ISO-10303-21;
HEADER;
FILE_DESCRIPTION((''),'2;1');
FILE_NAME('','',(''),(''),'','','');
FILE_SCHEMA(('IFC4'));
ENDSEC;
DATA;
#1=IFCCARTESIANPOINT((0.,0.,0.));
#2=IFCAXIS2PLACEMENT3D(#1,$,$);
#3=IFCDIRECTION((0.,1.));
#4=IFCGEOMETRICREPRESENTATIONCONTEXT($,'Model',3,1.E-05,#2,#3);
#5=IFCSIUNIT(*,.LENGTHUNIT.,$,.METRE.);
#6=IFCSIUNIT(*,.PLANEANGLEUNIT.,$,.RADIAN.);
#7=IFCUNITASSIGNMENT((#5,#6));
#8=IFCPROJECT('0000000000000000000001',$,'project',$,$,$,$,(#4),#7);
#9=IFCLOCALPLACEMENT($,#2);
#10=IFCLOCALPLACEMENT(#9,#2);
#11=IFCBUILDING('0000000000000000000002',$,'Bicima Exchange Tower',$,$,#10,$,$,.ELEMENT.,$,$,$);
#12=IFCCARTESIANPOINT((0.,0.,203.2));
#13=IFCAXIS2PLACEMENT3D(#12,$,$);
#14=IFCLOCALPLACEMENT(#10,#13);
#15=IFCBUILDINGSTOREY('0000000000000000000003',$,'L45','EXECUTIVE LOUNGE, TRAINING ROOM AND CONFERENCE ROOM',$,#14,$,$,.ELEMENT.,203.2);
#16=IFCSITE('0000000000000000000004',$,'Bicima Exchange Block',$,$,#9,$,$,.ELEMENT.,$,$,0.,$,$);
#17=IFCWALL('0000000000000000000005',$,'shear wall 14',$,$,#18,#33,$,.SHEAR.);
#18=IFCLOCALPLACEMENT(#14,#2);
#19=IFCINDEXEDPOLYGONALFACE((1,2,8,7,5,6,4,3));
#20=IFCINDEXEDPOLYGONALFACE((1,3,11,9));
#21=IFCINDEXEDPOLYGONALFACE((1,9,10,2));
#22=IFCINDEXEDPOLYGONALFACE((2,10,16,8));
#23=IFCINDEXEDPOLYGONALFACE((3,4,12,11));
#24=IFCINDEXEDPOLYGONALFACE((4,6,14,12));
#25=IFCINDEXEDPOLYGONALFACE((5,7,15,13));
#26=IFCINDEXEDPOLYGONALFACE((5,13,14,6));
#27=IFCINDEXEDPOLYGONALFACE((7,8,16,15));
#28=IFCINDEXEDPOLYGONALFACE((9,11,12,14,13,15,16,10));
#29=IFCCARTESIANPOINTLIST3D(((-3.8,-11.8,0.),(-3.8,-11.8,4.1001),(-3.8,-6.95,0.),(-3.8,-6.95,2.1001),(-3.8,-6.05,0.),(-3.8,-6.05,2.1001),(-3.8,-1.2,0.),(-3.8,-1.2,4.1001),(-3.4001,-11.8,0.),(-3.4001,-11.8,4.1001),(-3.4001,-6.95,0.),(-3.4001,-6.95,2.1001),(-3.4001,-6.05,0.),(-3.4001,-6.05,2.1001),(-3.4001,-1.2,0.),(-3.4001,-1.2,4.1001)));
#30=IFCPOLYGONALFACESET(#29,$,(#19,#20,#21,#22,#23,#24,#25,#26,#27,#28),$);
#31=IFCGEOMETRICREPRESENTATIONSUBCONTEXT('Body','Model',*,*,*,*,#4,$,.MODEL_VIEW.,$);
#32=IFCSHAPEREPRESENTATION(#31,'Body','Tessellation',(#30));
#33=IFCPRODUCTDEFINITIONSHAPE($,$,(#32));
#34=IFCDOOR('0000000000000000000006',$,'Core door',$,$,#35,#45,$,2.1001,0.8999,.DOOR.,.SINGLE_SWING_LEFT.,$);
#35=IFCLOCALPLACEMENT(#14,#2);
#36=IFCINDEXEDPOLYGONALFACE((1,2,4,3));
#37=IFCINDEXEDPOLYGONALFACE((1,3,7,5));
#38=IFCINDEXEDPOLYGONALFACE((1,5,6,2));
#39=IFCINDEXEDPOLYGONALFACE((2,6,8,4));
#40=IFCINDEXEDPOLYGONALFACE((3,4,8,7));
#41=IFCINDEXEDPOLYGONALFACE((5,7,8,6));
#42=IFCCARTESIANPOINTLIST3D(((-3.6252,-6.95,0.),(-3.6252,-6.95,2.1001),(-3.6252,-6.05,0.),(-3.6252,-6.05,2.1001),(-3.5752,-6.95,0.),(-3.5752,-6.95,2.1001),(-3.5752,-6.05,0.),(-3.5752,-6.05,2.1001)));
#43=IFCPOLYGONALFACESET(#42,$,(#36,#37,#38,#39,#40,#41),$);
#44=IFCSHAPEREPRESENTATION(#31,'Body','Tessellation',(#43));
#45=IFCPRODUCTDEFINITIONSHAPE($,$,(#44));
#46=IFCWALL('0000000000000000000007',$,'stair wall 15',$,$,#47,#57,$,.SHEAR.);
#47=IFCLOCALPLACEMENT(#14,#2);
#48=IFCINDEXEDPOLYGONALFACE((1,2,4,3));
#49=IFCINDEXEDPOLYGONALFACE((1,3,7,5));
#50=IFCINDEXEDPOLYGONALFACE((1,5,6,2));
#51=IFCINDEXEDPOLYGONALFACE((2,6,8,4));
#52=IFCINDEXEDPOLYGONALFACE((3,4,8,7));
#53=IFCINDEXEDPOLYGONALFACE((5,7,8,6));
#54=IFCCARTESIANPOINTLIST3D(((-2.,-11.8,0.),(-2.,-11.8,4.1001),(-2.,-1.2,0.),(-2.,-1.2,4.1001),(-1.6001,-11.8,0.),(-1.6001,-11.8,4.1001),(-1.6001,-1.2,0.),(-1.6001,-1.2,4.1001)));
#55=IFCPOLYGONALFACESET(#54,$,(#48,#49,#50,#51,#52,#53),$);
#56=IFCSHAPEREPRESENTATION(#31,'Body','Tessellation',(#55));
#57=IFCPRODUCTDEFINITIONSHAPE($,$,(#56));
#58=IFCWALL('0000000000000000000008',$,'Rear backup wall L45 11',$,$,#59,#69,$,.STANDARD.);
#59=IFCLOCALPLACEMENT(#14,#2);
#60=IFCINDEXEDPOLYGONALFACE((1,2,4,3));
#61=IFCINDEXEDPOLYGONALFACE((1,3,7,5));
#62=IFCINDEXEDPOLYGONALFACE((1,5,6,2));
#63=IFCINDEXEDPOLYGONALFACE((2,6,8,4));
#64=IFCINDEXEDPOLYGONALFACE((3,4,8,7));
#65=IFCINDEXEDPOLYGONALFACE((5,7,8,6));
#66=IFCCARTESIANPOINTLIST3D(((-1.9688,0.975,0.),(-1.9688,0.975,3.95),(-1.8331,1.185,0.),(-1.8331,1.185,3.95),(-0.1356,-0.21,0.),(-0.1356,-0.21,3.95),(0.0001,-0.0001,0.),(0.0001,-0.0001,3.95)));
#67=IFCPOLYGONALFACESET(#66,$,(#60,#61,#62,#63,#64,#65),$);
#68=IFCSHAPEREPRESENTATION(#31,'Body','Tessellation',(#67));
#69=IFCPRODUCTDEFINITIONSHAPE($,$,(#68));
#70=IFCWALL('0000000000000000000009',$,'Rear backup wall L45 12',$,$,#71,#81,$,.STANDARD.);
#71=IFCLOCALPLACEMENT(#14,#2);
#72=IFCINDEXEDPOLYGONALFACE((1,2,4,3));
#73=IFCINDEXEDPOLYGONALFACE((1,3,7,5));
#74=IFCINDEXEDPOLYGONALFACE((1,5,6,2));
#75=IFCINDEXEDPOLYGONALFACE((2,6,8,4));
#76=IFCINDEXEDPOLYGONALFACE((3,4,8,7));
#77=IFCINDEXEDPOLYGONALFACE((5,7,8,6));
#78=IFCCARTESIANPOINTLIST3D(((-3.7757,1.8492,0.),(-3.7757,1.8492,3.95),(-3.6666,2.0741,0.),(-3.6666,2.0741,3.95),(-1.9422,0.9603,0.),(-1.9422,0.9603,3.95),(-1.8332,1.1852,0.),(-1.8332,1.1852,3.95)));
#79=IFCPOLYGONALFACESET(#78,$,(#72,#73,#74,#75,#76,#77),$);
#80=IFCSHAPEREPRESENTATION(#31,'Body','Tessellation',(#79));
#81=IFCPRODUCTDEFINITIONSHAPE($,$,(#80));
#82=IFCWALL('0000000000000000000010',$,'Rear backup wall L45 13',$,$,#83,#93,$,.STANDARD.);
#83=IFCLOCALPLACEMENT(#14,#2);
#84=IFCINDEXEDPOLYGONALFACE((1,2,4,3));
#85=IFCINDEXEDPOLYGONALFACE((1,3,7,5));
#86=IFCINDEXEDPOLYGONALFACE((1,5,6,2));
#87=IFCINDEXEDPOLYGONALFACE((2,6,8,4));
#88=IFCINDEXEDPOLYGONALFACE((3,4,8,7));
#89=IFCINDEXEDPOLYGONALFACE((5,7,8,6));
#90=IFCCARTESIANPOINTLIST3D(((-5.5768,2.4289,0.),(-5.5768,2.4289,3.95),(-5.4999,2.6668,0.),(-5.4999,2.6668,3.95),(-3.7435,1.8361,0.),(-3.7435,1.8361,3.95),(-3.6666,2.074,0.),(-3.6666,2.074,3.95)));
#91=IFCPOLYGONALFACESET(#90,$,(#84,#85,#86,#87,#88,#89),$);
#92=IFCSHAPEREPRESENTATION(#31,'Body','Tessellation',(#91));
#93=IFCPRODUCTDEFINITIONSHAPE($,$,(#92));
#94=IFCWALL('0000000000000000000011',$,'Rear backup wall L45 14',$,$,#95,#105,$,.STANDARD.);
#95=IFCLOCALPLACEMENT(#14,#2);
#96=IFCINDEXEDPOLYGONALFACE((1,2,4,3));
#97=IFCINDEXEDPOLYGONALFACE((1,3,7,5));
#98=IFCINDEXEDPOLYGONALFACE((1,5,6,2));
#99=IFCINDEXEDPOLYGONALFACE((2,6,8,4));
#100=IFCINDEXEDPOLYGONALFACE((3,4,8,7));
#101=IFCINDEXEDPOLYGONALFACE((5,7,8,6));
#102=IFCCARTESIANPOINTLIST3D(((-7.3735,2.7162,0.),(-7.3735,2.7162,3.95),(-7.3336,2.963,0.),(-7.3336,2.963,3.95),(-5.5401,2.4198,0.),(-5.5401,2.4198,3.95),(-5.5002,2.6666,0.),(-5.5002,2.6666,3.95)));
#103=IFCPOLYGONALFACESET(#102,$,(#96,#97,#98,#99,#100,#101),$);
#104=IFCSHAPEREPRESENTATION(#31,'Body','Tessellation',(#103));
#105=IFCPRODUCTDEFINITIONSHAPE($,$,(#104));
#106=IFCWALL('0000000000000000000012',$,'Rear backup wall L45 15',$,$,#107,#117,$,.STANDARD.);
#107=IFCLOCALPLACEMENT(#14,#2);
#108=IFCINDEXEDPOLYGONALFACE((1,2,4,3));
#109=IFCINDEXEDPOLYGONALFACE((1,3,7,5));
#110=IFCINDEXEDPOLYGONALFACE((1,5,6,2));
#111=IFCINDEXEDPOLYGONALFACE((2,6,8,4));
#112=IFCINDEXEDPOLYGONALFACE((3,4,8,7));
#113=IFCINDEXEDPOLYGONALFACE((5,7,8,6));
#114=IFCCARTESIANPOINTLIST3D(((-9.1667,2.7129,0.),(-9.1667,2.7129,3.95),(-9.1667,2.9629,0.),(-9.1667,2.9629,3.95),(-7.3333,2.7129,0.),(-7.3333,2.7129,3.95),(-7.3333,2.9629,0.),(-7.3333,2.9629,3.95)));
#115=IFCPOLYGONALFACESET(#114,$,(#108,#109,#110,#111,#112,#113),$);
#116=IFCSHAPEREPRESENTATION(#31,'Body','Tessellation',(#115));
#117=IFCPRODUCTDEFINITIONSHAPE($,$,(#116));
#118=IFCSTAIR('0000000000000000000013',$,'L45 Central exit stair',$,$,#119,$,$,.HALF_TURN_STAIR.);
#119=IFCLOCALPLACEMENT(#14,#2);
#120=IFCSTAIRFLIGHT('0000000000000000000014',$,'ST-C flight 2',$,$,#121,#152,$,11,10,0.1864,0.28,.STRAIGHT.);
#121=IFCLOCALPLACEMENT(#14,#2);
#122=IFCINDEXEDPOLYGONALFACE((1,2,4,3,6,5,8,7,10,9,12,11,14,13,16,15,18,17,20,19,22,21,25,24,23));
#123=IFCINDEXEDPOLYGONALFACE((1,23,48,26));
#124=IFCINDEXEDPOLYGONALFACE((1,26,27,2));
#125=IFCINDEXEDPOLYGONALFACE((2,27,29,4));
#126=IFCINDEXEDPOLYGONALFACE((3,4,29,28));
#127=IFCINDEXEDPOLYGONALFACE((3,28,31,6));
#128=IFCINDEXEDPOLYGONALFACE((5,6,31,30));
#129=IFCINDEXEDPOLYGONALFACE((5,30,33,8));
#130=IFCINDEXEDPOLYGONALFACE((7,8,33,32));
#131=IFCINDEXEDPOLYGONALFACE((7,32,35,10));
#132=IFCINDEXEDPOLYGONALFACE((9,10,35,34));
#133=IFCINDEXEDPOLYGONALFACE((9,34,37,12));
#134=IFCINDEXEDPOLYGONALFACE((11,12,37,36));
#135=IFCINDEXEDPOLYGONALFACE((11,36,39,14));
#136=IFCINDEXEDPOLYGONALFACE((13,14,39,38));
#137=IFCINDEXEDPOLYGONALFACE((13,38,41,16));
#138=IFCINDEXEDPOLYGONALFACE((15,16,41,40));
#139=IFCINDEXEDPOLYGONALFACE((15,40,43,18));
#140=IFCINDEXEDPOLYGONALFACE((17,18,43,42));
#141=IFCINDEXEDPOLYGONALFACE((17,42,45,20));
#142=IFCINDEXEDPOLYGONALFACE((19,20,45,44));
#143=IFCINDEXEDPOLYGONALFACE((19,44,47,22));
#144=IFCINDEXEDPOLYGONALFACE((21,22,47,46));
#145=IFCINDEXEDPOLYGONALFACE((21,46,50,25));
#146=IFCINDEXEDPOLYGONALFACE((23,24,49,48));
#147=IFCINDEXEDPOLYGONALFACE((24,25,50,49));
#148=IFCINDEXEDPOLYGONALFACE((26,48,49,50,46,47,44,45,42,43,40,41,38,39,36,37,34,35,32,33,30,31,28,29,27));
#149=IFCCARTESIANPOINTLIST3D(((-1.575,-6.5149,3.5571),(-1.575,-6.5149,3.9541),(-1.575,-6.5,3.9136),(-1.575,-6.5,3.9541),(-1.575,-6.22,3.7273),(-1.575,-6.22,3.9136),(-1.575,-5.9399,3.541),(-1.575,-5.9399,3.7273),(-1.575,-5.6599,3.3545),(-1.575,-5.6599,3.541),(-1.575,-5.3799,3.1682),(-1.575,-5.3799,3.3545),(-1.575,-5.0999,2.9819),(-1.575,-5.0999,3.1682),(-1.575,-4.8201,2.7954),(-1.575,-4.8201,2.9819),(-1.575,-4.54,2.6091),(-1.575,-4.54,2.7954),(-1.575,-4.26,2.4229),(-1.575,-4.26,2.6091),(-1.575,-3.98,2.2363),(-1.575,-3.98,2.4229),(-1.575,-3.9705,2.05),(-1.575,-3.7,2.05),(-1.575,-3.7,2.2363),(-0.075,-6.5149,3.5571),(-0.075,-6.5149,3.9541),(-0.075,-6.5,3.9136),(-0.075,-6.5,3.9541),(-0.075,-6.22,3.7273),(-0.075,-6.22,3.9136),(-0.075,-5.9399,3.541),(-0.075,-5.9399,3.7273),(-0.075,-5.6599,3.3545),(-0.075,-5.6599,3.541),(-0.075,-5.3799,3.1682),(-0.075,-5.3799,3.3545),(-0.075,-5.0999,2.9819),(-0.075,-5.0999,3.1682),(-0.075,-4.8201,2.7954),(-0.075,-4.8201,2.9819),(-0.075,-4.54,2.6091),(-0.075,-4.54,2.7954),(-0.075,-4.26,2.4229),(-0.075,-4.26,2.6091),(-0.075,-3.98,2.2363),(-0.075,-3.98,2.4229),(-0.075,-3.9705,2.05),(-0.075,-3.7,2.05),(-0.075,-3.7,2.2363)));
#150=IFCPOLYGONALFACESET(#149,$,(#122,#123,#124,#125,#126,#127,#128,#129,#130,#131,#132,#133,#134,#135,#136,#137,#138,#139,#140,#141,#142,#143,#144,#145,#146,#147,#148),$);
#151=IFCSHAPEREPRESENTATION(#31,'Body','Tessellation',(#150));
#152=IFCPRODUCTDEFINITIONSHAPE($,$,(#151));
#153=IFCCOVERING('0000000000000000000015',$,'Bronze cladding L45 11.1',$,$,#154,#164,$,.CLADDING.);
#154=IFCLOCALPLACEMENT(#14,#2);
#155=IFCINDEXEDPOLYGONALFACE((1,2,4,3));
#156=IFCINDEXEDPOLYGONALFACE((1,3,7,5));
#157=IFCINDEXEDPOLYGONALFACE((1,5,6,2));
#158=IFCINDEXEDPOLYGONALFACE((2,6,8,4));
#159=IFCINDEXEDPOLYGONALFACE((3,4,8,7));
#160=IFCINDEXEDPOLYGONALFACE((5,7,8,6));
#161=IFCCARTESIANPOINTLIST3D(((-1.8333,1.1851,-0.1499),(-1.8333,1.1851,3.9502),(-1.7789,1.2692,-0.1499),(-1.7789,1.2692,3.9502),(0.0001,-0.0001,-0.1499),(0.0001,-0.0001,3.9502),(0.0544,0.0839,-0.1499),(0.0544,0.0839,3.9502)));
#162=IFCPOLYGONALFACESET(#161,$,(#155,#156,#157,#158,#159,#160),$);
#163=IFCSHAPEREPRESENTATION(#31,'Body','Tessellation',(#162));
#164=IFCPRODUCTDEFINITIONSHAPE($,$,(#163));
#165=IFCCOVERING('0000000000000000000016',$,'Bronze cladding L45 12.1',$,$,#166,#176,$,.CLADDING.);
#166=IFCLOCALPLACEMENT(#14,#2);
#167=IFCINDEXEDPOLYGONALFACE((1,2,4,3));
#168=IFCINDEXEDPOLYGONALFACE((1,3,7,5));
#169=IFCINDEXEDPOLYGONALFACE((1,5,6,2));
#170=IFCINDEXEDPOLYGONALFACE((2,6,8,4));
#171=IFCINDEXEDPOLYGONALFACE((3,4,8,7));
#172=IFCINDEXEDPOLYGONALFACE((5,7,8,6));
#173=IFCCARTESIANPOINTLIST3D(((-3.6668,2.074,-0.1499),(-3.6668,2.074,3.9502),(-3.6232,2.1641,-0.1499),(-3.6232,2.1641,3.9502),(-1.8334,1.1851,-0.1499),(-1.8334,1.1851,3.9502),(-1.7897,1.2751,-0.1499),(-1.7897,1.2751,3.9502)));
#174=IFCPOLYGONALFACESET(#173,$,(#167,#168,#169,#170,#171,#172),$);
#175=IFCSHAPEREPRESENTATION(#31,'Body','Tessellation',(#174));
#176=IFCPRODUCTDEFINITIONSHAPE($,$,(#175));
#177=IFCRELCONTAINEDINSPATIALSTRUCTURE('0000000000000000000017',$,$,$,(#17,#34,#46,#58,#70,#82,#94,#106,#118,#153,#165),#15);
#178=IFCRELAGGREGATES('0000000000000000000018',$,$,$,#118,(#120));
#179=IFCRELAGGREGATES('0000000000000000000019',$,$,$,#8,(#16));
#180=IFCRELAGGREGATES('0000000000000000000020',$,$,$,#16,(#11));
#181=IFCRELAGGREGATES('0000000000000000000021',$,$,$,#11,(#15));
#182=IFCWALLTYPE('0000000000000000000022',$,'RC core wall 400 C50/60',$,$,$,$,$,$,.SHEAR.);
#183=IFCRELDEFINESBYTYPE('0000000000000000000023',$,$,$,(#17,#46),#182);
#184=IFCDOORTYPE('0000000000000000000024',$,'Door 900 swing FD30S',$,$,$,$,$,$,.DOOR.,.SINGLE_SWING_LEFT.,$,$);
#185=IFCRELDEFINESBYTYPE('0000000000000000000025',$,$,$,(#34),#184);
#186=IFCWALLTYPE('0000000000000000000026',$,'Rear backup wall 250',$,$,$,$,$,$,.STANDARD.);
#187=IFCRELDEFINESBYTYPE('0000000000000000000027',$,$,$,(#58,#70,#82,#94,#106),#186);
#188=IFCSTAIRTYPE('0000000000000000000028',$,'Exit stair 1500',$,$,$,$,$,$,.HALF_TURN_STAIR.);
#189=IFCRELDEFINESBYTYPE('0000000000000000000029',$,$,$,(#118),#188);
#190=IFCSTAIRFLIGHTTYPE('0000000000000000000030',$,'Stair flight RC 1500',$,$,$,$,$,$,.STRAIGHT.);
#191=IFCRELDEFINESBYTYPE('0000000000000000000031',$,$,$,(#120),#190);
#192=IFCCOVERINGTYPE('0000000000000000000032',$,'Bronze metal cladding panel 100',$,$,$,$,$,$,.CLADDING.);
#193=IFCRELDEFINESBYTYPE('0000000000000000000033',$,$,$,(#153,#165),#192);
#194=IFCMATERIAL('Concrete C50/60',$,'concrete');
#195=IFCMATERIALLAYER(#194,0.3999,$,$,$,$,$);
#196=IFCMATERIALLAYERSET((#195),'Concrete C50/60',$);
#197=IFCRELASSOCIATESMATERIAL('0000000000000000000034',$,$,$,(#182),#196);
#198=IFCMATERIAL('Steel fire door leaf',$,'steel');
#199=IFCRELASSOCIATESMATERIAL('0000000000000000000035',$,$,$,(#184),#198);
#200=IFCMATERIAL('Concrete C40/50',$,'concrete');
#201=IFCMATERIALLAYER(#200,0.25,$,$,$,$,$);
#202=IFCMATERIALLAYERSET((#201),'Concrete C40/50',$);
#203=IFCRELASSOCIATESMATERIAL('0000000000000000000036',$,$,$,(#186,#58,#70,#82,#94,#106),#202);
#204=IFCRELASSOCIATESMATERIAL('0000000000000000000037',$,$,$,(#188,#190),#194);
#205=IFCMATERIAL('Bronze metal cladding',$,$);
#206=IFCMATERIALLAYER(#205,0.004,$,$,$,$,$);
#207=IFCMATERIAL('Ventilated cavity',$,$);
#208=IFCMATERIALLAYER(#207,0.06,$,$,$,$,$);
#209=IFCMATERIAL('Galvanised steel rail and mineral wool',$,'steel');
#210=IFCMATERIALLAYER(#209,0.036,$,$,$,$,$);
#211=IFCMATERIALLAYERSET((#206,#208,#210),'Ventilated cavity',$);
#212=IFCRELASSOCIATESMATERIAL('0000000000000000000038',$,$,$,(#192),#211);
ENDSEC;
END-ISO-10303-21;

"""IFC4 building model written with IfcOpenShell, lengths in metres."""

from ifc_helpers import new_model, si_unit, direction, frame, frame_2d, origin, origin_2d, place, context, subcontext, project, spatial, polyline, rectangle, outline, extrude, material, layer, layer_set, layer_usage, type_object, element, fill, aggregate, save


model = new_model("IFC4")

# Units and contexts
model_context = context("Model", 3, precision=1e-05, world=origin(), true_north=direction((0.0, 1.0)))
body_context = subcontext(model_context, "Body", "Model", "MODEL_VIEW")
ifc_project = project(units=[si_unit("LENGTHUNIT", "METRE"), si_unit("PLANEANGLEUNIT", "RADIAN")], contexts=[model_context])

# Site, building, storey
site_placement = place(None, origin())
site = spatial("IfcSite", under=ifc_project, at=site_placement, Name="Bicima Exchange Block", CompositionType="ELEMENT", RefElevation=0.0)
building_placement = place(site_placement, origin())
building = spatial("IfcBuilding", under=site, at=building_placement, Name="Bicima Exchange Tower", CompositionType="ELEMENT")
storey_placement = place(building_placement, frame((0.0, 0.0, 203.2)))
storey = spatial("IfcBuildingStorey", under=building, at=storey_placement, Name="L45", Description="EXECUTIVE LOUNGE, TRAINING ROOM AND CONFERENCE ROOM", CompositionType="ELEMENT", Elevation=203.2)

# Shared definitions
ifc_material_1 = material(Name="Concrete C40/50", Category="concrete")

# Shared definitions
ifc_material_2 = material(Name="Concrete C50/60", Category="concrete")
ifc_layer_1 = layer(ifc_material_2, 0.3999)
ifc_layer_set_1 = layer_set([ifc_layer_1], Name="Concrete C50/60")
wall_type_1 = type_object("IfcWallType", Name="RC core wall 400 C50/60", PredefinedType="SHEAR", material=ifc_layer_set_1)
ifc_material_3 = material(Name="Steel fire door leaf", Category="steel")

# Wall, opening, door
wall_1_placement = place(storey_placement, frame((-3.6001, -11.8, 0.0), z_axis=(0.0, 0.0, 1.0), x_axis=(0.0, 1.0, 0.0)))
wall_1 = element("IfcWall", 1, at=wall_1_placement, inside=storey, type_object=wall_type_1, Name="shear wall 14", PredefinedType="SHEAR", context=body_context, shape_type="SweptSolid", body=[
    extrude(rectangle(XDim=10.6001, YDim=0.3999, at=frame_2d((5.3, 0.0))), origin(), (0.0, 0.0, 1.0), 4.1001),
])
opening_1_placement = place(wall_1_placement, frame((4.8501, 0.0, 0.0)))
opening_1 = element("IfcOpeningElement", 2, at=opening_1_placement, cuts=wall_1, PredefinedType="OPENING", context=body_context, shape_type="SweptSolid", body=[
    extrude(rectangle(XDim=0.8999, YDim=2.1001, at=frame_2d((0.45, 1.05))), frame((0.0, 0.2119, 0.0), z_axis=(0.0, -1.0, 0.0), x_axis=(1.0, 0.0, 0.0)), (0.0, 0.0, 1.0), 0.4238),
])
door_type_1 = type_object("IfcDoorType", Name="Door 900 swing FD30S", OperationType="SINGLE_SWING_LEFT", PredefinedType="DOOR", material=ifc_material_3)
door_1_placement = place(opening_1_placement, frame((0.8999, 0.0, 0.0), z_axis=(0.0, 0.0, 1.0), x_axis=(-1.0, 0.0, 0.0)))
door_1 = element("IfcDoor", 3, at=door_1_placement, inside=storey, type_object=door_type_1, Name="Core door", OperationType="SINGLE_SWING_LEFT", OverallHeight=2.1001, OverallWidth=0.8999, PredefinedType="DOOR", context=body_context, shape_type="SweptSolid", body=[
    extrude(rectangle(XDim=0.8999, YDim=2.1001, at=frame_2d((0.45, 1.05))), frame((0.0, 0.0249, 0.0), z_axis=(0.0, -1.0, 0.0), x_axis=(1.0, 0.0, 0.0)), (0.0, 0.0, 1.0), 0.05),
])
fill(opening_1, door_1)

# Walls
wall_2_placement = place(storey_placement, frame((-1.8, -11.8, 0.0), z_axis=(0.0, 0.0, 1.0), x_axis=(0.0, 1.0, 0.0)))
element("IfcWall", 4, at=wall_2_placement, inside=storey, type_object=wall_type_1, Name="stair wall 15", PredefinedType="SHEAR", context=body_context, shape_type="SweptSolid", body=[
    extrude(rectangle(XDim=10.6001, YDim=0.3999, at=frame_2d((5.3, 0.0))), origin(), (0.0, 0.0, 1.0), 4.1001),
])
ifc_layer_2 = layer(ifc_material_1, 0.25)
ifc_layer_set_2 = layer_set([ifc_layer_2], Name="Concrete C40/50")
ifc_layer_usage = layer_usage(ifc_layer_set_2, "AXIS2", "POSITIVE", -0.125)
wall_type_2 = type_object("IfcWallType", Name="Rear backup wall 250", PredefinedType="STANDARD", material=ifc_layer_set_2)
wall_3_placement = place(storey_placement, frame((-0.0679, -0.105, 0.0), z_axis=(0.0, 0.0, 1.0), x_axis=(-0.839813, 0.542876, 0.0)))
element("IfcWall", 5, at=wall_3_placement, inside=storey, type_object=wall_type_2, material=ifc_layer_usage, Name="Rear backup wall L45 11", PredefinedType="STANDARD", context=body_context, shape_type="SweptSolid", body=[
    extrude(rectangle(XDim=2.1829, YDim=0.25, at=frame_2d((1.0913, 0.0))), origin(), (0.0, 0.0, 1.0), 3.95),
])
wall_4_placement = place(storey_placement, frame((-1.8877, 1.0728, 0.0), z_axis=(0.0, 0.0, 1.0), x_axis=(-0.899824, 0.436253, 0.0)))
element("IfcWall", 6, at=wall_4_placement, inside=storey, type_object=wall_type_2, material=ifc_layer_usage, Name="Rear backup wall L45 12", PredefinedType="STANDARD", context=body_context, shape_type="SweptSolid", body=[
    extrude(rectangle(XDim=2.0376, YDim=0.25, at=frame_2d((1.0188, 0.0))), origin(), (0.0, 0.0, 1.0), 3.95),
])
wall_5_placement = place(storey_placement, frame((-3.7051, 1.9551, 0.0), z_axis=(0.0, 0.0, 1.0), x_axis=(-0.951496, 0.307662, 0.0)))
element("IfcWall", 7, at=wall_5_placement, inside=storey, type_object=wall_type_2, material=ifc_layer_usage, Name="Rear backup wall L45 13", PredefinedType="STANDARD", context=body_context, shape_type="SweptSolid", body=[
    extrude(rectangle(XDim=1.9268, YDim=0.25, at=frame_2d((0.9634, 0.0))), origin(), (0.0, 0.0, 1.0), 3.95),
])
wall_6_placement = place(storey_placement, frame((-5.52, 2.5432, 0.0), z_axis=(0.0, 0.0, 1.0), x_axis=(-0.987182, 0.1596, 0.0)))
element("IfcWall", 8, at=wall_6_placement, inside=storey, type_object=wall_type_2, material=ifc_layer_usage, Name="Rear backup wall L45 14", PredefinedType="STANDARD", context=body_context, shape_type="SweptSolid", body=[
    extrude(rectangle(XDim=1.8572, YDim=0.25, at=frame_2d((0.9287, 0.0))), origin(), (0.0, 0.0, 1.0), 3.95),
])
wall_7_placement = place(storey_placement, frame((-7.3333, 2.8379, 0.0), z_axis=(0.0, 0.0, 1.0), x_axis=(-1.0, 0.0, 0.0)))
element("IfcWall", 9, at=wall_7_placement, inside=storey, type_object=wall_type_2, material=ifc_layer_usage, Name="Rear backup wall L45 15", PredefinedType="STANDARD", context=body_context, shape_type="SweptSolid", body=[
    extrude(rectangle(XDim=1.8335, YDim=0.25, at=frame_2d((0.9167, 0.0))), origin(), (0.0, 0.0, 1.0), 3.95),
])

# Stair, stair flight
stair_type = type_object("IfcStairType", Name="Exit stair 1500", PredefinedType="HALF_TURN_STAIR", material=ifc_material_2)
stair_placement = place(storey_placement, origin())
stair = element("IfcStair", 10, at=stair_placement, inside=storey, type_object=stair_type, Name="L45 Central exit stair", PredefinedType="HALF_TURN_STAIR")
stair_flight_type = type_object("IfcStairFlightType", Name="Stair flight RC 1500", PredefinedType="STRAIGHT", material=ifc_material_2)
stair_flight_placement = place(storey_placement, frame((-0.825, -3.7, 2.05), z_axis=(0.0, 0.0, 1.0), x_axis=(0.0, -1.0, 0.0)))
stair_flight = element("IfcStairFlight", 11, at=stair_flight_placement, type_object=stair_flight_type, Name="ST-C flight 2", NumberOfRisers=11, NumberOfTreads=10, PredefinedType="STRAIGHT", RiserHeight=0.1864, TreadLength=0.28, context=body_context, shape_type="SweptSolid", body=[
    extrude(outline(polyline([(0.0, 0.0), (0.0, 0.1863), (0.28, 0.1863), (0.28, 0.3728), (0.5601, 0.3728), (0.5601, 0.5591), (0.8401, 0.5591), (0.8401, 0.7454), (1.1201, 0.7454), (1.1201, 0.9319), (1.3999, 0.9319), (1.3999, 1.1182), (1.6799, 1.1182), (1.6799, 1.3044), (1.96, 1.3044), (1.96, 1.491), (2.24, 1.491), (2.24, 1.6772), (2.52, 1.6772), (2.52, 1.8635), (2.8, 1.8635), (2.8, 1.9041), (2.8149, 1.9041), (2.8149, 1.5071), (0.2705, 0.0), (0.0, 0.0)])), frame((0.0, 0.75, 0.0), z_axis=(0.0, -1.0, 0.0), x_axis=(1.0, 0.0, 0.0)), (0.0, 0.0, 1.0), 1.5),
])
aggregate(stair, [stair_flight])

# Coverings
ifc_material_4 = material(Name="Bronze metal cladding")
ifc_layer_3 = layer(ifc_material_4, 0.004)
ifc_material_5 = material(Name="Ventilated cavity")
ifc_layer_4 = layer(ifc_material_5, 0.06)
ifc_material_6 = material(Name="Galvanised steel rail and mineral wool", Category="steel")
ifc_layer_5 = layer(ifc_material_6, 0.036)
ifc_layer_set_3 = layer_set([ifc_layer_3, ifc_layer_4, ifc_layer_5], Name="Ventilated cavity")
covering_type = type_object("IfcCoveringType", Name="Bronze metal cladding panel 100", PredefinedType="CLADDING", material=ifc_layer_set_3)
covering_1_placement = place(storey_placement, frame((-0.8894, 0.6345, -0.1499), z_axis=(0.0, 0.0, 1.0), x_axis=(-0.83979, 0.542911, 0.0)))
element("IfcCovering", 12, at=covering_1_placement, inside=storey, type_object=covering_type, Name="Bronze cladding L45 11.1", PredefinedType="CLADDING", context=body_context, shape_type="SweptSolid", body=[
    extrude(rectangle(XDim=2.1831, YDim=0.1001, at=origin_2d()), origin(), (0.0, 0.0, 1.0), 4.1001),
])
covering_2_placement = place(storey_placement, frame((-2.7283, 1.6746, -0.1499), z_axis=(0.0, 0.0, 1.0), x_axis=(-0.899818, 0.436265, 0.0)))
element("IfcCovering", 13, at=covering_2_placement, inside=storey, type_object=covering_type, Name="Bronze cladding L45 12.1", PredefinedType="CLADDING", context=body_context, shape_type="SweptSolid", body=[
    extrude(rectangle(XDim=2.0376, YDim=0.1001, at=origin_2d()), origin(), (0.0, 0.0, 1.0), 4.1001),
])

save(model, "model.ifc")
